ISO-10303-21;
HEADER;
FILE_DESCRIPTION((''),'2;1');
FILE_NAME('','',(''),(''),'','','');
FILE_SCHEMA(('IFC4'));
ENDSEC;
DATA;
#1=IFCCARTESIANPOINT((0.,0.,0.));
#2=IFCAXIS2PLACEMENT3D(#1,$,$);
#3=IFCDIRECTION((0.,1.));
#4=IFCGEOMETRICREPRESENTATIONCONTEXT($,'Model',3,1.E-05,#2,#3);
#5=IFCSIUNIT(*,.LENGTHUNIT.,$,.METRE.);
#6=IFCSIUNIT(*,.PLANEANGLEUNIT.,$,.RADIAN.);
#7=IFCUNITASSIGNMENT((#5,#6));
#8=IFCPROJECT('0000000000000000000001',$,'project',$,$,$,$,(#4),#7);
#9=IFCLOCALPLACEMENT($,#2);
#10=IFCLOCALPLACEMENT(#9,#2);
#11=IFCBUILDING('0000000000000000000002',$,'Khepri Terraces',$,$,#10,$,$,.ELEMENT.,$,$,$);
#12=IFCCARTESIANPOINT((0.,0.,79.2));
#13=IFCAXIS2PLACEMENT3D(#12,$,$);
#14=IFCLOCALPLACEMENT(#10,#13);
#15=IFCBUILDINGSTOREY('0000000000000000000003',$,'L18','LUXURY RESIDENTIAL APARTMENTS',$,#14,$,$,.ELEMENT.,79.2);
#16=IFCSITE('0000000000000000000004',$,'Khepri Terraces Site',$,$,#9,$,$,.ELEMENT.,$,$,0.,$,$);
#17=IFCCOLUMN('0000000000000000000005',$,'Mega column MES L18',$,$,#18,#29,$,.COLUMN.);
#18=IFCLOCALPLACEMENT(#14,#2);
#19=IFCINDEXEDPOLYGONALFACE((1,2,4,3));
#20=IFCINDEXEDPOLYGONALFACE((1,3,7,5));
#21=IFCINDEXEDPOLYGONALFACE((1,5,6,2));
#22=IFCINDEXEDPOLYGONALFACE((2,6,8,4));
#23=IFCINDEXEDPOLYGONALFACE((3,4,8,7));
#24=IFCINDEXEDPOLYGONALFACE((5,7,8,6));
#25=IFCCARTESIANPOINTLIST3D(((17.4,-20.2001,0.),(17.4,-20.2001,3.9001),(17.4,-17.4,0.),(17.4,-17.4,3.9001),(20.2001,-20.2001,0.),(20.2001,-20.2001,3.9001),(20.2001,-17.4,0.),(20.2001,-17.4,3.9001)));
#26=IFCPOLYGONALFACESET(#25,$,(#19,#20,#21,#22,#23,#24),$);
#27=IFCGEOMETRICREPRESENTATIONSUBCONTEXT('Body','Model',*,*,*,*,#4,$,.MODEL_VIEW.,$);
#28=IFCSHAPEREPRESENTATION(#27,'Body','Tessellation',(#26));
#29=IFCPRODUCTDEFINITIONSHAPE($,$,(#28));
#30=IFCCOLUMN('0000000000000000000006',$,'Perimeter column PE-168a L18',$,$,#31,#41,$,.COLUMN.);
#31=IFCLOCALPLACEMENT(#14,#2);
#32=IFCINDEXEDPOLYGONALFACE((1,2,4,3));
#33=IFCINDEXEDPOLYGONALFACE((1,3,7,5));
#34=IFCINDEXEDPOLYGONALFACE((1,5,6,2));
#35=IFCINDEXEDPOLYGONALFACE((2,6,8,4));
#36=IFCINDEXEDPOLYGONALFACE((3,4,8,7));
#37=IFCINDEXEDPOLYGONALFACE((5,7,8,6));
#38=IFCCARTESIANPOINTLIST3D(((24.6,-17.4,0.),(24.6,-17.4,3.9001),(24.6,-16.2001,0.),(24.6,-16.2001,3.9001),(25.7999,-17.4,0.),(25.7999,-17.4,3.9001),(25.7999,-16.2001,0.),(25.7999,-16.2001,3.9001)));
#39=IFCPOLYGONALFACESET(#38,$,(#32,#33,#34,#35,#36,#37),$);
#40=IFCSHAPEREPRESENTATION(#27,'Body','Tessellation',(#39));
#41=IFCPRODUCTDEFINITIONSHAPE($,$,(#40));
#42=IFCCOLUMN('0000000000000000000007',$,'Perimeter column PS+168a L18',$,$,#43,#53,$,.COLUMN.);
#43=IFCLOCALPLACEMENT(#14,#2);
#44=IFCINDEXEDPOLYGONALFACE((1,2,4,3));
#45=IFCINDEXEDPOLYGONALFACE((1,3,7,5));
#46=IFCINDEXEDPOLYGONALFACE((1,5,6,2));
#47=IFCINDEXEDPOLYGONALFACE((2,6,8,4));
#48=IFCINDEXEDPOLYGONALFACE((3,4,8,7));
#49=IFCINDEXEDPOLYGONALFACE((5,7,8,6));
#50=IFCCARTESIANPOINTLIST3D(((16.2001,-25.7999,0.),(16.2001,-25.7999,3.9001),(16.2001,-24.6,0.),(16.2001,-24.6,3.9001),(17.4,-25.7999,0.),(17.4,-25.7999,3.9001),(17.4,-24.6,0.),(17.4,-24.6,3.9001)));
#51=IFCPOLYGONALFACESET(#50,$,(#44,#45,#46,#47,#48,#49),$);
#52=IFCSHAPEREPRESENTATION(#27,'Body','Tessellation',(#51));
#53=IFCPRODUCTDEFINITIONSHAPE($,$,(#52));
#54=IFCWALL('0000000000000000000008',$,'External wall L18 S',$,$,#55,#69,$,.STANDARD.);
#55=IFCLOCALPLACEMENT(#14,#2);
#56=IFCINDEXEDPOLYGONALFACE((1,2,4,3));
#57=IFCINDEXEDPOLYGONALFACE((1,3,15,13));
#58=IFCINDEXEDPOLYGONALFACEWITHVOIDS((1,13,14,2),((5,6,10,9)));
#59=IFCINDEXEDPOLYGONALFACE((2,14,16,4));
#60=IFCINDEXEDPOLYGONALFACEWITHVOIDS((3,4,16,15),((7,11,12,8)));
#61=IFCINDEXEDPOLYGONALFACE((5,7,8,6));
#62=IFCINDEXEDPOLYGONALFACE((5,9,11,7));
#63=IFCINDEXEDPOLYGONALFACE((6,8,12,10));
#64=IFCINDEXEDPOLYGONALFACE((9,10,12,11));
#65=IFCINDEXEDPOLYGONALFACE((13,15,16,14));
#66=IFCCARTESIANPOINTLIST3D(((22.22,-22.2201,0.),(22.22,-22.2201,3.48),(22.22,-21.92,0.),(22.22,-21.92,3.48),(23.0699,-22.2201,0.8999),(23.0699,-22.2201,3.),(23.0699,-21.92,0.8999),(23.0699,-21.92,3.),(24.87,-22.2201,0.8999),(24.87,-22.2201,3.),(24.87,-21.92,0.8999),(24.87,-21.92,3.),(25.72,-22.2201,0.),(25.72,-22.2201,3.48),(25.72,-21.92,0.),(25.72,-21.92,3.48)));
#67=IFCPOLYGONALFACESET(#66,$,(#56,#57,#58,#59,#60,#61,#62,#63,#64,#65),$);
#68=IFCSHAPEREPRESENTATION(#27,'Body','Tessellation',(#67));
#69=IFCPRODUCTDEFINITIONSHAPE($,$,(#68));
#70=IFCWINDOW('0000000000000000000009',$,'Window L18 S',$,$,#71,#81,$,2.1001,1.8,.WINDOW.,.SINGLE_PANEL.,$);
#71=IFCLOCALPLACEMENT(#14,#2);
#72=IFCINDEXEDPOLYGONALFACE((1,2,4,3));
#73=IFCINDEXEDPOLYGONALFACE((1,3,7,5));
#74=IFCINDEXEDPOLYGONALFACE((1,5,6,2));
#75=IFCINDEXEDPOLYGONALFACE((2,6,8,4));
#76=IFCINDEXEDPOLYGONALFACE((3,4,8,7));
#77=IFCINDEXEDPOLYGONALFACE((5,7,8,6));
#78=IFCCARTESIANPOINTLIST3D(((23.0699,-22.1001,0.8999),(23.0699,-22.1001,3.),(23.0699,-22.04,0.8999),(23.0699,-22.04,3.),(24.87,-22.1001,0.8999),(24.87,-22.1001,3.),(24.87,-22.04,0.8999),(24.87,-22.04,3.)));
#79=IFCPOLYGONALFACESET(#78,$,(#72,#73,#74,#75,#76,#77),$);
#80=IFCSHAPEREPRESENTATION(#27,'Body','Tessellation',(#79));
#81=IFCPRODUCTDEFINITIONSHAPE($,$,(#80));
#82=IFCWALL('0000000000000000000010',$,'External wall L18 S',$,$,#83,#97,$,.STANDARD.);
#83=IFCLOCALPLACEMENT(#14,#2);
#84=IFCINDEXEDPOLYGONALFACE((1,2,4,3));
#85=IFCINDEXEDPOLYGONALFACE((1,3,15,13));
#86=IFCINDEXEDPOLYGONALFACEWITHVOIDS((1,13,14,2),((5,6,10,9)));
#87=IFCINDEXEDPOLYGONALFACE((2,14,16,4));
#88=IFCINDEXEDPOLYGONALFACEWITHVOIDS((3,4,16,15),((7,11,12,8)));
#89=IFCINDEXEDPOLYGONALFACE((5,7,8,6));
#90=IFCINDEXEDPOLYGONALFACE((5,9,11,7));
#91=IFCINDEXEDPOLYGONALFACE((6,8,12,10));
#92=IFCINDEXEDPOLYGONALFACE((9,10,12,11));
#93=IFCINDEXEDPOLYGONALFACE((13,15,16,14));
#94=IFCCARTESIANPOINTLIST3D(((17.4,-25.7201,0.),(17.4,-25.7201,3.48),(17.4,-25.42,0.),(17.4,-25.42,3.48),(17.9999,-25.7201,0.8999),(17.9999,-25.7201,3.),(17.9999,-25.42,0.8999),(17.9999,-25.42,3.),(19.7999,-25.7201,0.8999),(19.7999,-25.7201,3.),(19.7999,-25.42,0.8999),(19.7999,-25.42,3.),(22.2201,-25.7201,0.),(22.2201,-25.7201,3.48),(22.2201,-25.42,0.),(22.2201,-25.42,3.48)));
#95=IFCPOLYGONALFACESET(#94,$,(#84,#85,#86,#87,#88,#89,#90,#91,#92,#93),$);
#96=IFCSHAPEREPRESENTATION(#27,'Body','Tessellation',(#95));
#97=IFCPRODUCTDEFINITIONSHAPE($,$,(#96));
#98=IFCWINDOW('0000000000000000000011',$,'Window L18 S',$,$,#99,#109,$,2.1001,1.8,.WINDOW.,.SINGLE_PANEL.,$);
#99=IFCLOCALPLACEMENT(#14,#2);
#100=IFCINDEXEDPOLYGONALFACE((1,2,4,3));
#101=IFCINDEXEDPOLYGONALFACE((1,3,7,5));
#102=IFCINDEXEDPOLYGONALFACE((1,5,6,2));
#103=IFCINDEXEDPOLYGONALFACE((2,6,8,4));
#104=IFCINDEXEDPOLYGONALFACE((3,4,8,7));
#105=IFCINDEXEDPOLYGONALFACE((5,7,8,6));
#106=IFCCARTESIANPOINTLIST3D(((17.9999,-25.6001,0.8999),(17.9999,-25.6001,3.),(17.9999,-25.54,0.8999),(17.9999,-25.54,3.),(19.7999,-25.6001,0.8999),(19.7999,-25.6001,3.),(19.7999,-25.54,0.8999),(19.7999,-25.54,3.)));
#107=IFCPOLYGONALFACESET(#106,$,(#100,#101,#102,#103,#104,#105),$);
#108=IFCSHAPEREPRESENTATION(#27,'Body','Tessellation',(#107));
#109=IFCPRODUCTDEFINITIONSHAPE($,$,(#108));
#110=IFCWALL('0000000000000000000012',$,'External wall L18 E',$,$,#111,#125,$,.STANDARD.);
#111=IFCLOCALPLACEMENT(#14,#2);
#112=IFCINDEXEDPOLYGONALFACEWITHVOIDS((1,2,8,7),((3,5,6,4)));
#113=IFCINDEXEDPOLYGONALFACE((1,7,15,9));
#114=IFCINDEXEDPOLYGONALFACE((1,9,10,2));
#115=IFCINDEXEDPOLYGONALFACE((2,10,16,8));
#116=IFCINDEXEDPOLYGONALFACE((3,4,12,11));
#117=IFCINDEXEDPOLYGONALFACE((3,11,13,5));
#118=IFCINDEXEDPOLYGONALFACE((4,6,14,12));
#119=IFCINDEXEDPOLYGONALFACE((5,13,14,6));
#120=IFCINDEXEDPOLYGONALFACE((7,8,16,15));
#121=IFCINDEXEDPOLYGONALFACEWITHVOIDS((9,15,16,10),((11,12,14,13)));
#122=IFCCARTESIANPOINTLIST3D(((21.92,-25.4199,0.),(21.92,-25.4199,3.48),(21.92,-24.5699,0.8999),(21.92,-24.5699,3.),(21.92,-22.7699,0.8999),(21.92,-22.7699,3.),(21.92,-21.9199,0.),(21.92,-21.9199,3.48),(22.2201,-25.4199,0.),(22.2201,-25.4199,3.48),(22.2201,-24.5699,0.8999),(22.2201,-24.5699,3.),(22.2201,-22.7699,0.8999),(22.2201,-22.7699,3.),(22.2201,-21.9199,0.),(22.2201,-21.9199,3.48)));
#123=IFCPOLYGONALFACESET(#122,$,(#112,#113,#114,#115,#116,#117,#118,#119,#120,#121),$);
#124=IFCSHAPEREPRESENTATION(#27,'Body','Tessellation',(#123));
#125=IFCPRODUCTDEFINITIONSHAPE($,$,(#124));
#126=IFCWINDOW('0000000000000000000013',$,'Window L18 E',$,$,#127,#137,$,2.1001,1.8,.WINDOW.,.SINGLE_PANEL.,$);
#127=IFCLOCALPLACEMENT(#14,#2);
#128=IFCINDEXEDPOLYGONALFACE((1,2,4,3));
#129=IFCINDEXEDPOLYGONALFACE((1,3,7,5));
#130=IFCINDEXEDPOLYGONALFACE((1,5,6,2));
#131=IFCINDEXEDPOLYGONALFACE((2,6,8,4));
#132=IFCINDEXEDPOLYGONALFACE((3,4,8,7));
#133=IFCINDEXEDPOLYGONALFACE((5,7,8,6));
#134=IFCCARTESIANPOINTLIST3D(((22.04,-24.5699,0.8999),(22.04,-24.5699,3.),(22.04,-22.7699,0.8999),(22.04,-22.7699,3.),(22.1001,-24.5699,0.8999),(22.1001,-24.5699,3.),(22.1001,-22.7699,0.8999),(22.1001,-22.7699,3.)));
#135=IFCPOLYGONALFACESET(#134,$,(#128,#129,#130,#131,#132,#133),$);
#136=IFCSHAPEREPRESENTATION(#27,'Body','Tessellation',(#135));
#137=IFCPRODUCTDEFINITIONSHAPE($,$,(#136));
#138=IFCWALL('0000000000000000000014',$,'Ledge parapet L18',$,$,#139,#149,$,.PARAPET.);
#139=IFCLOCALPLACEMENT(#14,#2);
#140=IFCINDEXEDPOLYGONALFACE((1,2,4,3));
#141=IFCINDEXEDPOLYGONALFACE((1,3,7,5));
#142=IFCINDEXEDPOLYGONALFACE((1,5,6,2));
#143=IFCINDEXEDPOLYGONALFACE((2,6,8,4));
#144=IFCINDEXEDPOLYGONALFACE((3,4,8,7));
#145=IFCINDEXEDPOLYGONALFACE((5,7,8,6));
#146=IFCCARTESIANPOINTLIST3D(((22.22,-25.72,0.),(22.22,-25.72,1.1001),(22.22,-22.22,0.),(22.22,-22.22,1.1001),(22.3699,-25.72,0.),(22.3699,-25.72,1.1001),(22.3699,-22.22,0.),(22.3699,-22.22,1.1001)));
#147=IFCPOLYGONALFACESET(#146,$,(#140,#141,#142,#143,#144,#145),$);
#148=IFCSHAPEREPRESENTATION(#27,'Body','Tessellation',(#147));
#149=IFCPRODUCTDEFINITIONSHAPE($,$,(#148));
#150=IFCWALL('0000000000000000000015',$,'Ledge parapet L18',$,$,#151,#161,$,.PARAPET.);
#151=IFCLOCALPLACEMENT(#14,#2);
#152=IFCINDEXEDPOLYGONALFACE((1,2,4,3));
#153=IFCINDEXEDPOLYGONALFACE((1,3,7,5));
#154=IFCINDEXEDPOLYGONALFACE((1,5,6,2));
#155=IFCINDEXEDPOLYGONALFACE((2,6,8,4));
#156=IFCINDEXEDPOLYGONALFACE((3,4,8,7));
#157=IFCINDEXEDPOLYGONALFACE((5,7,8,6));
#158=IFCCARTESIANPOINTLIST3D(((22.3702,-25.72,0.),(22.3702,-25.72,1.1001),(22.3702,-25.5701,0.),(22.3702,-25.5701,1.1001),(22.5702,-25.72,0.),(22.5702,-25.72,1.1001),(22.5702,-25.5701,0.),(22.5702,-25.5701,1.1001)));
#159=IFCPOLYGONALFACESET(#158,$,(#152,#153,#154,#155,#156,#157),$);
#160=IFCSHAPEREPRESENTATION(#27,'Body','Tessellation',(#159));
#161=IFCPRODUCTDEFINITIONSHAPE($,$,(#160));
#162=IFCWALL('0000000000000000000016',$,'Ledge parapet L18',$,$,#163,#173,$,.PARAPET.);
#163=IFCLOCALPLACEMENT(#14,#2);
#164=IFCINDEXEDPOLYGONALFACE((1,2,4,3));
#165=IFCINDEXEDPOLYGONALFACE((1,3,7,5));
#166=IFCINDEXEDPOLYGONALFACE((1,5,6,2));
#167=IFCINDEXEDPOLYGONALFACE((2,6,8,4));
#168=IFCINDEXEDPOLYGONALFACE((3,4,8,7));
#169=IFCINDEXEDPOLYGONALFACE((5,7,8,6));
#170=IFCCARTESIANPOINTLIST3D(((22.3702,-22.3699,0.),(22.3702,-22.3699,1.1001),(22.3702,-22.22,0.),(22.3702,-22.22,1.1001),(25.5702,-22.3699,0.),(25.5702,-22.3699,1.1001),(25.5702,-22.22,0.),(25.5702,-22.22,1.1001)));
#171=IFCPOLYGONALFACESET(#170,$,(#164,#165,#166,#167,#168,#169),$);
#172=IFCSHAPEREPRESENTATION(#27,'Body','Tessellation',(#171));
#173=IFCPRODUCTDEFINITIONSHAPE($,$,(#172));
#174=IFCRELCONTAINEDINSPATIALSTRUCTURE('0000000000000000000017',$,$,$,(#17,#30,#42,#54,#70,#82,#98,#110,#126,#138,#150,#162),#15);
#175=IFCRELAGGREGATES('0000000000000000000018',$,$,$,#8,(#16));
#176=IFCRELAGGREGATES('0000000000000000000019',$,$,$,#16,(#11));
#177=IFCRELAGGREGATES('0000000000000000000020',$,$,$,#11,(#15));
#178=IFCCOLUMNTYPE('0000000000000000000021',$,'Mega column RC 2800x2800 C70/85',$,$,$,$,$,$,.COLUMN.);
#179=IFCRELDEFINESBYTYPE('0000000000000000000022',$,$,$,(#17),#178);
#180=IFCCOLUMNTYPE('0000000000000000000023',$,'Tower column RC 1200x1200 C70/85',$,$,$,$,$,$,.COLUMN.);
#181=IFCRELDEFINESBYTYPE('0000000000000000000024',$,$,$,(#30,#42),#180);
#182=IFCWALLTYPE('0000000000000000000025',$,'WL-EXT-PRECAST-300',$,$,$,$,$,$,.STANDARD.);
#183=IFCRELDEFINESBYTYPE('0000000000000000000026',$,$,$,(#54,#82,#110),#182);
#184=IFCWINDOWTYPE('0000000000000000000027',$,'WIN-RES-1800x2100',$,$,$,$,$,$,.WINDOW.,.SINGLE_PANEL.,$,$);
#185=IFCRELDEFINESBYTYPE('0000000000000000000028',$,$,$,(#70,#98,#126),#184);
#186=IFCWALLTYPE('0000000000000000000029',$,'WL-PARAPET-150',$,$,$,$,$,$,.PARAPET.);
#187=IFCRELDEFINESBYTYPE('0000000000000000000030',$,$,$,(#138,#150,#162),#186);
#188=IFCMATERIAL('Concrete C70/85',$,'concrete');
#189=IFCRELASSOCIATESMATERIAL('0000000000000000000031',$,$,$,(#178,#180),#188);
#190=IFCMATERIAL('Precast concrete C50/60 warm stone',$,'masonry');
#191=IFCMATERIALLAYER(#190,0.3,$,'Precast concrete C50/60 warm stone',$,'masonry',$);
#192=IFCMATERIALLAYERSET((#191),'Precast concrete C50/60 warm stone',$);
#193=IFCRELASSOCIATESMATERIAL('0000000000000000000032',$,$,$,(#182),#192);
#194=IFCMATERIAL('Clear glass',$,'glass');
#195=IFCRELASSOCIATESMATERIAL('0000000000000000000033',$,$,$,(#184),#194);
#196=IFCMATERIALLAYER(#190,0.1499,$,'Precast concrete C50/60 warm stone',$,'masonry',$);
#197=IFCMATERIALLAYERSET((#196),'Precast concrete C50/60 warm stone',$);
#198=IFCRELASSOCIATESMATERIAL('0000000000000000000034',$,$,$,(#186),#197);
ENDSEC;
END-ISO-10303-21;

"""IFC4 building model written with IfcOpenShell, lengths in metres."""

from ifc_helpers import new_model, si_unit, direction, frame, frame_2d, origin, origin_2d, place, context, subcontext, project, spatial, rectangle, extrude, material, layer, layer_set, material_profile, profile_set, type_object, element, fill, save


model = new_model("IFC4")

# Units and contexts
model_context = context("Model", 3, precision=1e-05, world=origin(), true_north=direction((0.0, 1.0)))
body_context = subcontext(model_context, "Body", "Model", "MODEL_VIEW")
ifc_project = project(units=[si_unit("LENGTHUNIT", "METRE"), si_unit("PLANEANGLEUNIT", "RADIAN")], contexts=[model_context])

# Site, building, storey
site_placement = place(None, origin())
site = spatial("IfcSite", under=ifc_project, at=site_placement, Name="Khepri Terraces Site", CompositionType="ELEMENT", RefElevation=0.0)
building_placement = place(site_placement, origin())
building = spatial("IfcBuilding", under=site, at=building_placement, Name="Khepri Terraces", CompositionType="ELEMENT")
storey_placement = place(building_placement, frame((0.0, 0.0, 79.2)))
storey = spatial("IfcBuildingStorey", under=building, at=storey_placement, Name="L18", Description="LUXURY RESIDENTIAL APARTMENTS", CompositionType="ELEMENT", Elevation=79.2)

# Columns
ifc_material_1 = material(Name="Concrete C70/85", Category="concrete")
ifc_material_profile_1 = material_profile(ifc_material_1, rectangle(XDim=2.8, YDim=2.8, at=origin_2d()), Name="Concrete C70/85", Category="concrete")
ifc_profile_set_1 = profile_set([ifc_material_profile_1], Name="Concrete C70/85")
column_type_1 = type_object("IfcColumnType", Name="Mega column RC 2800x2800 C70/85", PredefinedType="COLUMN", material=ifc_profile_set_1)
column_placement = place(storey_placement, frame((18.8, -18.8, 0.0), z_axis=(0.0, 0.0, 1.0), x_axis=(1.0, 0.0, 0.0)))
element("IfcColumn", 1, at=column_placement, inside=storey, type_object=column_type_1, Name="Mega column MES L18", PredefinedType="COLUMN", context=body_context, shape_type="SweptSolid", body=[
    extrude(rectangle(XDim=2.8, YDim=2.8, at=origin_2d()), origin(), (0.0, 0.0, 1.0), 3.9001),
])
ifc_material_profile_2 = material_profile(ifc_material_1, rectangle(XDim=1.2, YDim=1.2, at=origin_2d()), Name="Concrete C70/85", Category="concrete")
ifc_profile_set_2 = profile_set([ifc_material_profile_2], Name="Concrete C70/85")
column_type_2 = type_object("IfcColumnType", Name="Tower column RC 1200x1200 C70/85", PredefinedType="COLUMN", material=ifc_profile_set_2)
for number, where, z_axis, x_axis, name in (
    (2, (25.2, -16.8, 0.0), (0.0, 0.0, 1.0), (1.0, 0.0, 0.0), "Perimeter column PE-168a L18"),
    (3, (16.8, -25.2, 0.0), (0.0, 0.0, 1.0), (1.0, 0.0, 0.0), "Perimeter column PS+168a L18"),
):
    element("IfcColumn", number, at=place(storey_placement, frame(where, z_axis=z_axis, x_axis=x_axis)), inside=storey, type_object=column_type_2, Name=name, PredefinedType="COLUMN", context=body_context, shape_type="SweptSolid", body=[
        extrude(rectangle(XDim=1.2, YDim=1.2, at=origin_2d()), origin(), (0.0, 0.0, 1.0), 3.9001),
    ])

# Wall, opening, window
ifc_material_2 = material(Name="Precast concrete C50/60 warm stone", Category="masonry")
ifc_layer_1 = layer(ifc_material_2, 0.3, Name="Precast concrete C50/60 warm stone", Category="masonry")
ifc_layer_set_1 = layer_set([ifc_layer_1], Name="Precast concrete C50/60 warm stone")
wall_type_1 = type_object("IfcWallType", Name="WL-EXT-PRECAST-300", PredefinedType="STANDARD", material=ifc_layer_set_1)
wall_1_placement = place(storey_placement, frame((22.22, -22.0701, 0.0), z_axis=(0.0, 0.0, 1.0), x_axis=(1.0, 0.0, 0.0)))
wall_1 = element("IfcWall", 4, at=wall_1_placement, inside=storey, type_object=wall_type_1, Name="External wall L18 S", PredefinedType="STANDARD", context=body_context, shape_type="SweptSolid", body=[
    extrude(rectangle(XDim=3.5, YDim=0.3, at=frame_2d((1.75, 0.0))), origin(), (0.0, 0.0, 1.0), 3.48),
])
opening_1_placement = place(wall_1_placement, frame((0.8501, 0.0, 0.8999)))
opening_1 = element("IfcOpeningElement", 5, at=opening_1_placement, cuts=wall_1, PredefinedType="OPENING", context=body_context, shape_type="SweptSolid", body=[
    extrude(rectangle(XDim=1.8, YDim=2.1001, at=frame_2d((0.8999, 1.05))), frame((0.0, 0.1602, 0.0), z_axis=(0.0, -1.0, 0.0), x_axis=(1.0, 0.0, 0.0)), (0.0, 0.0, 1.0), 0.3201),
])
ifc_material_3 = material(Name="Clear glass", Category="glass")
window_type = type_object("IfcWindowType", Name="WIN-RES-1800x2100", PartitioningType="SINGLE_PANEL", PredefinedType="WINDOW", material=ifc_material_3)
window_1_placement = place(opening_1_placement, origin())
window_1 = element("IfcWindow", 6, at=window_1_placement, inside=storey, type_object=window_type, Name="Window L18 S", OverallHeight=2.1001, OverallWidth=1.8, PartitioningType="SINGLE_PANEL", PredefinedType="WINDOW", context=body_context, shape_type="SweptSolid", body=[
    extrude(rectangle(XDim=1.8, YDim=2.1001, at=frame_2d((0.8999, 1.05))), frame((0.0, 0.03, 0.0), z_axis=(0.0, -1.0, 0.0), x_axis=(1.0, 0.0, 0.0)), (0.0, 0.0, 1.0), 0.0601),
])
fill(opening_1, window_1)

# Walls, openings, windows
wall_2_placement = place(storey_placement, frame((17.3999, -25.5701, 0.0), z_axis=(0.0, 0.0, 1.0), x_axis=(1.0, 0.0, 0.0)))
wall_2 = element("IfcWall", 7, at=wall_2_placement, inside=storey, type_object=wall_type_1, Name="External wall L18 S", PredefinedType="STANDARD", context=body_context, shape_type="SweptSolid", body=[
    extrude(rectangle(XDim=4.8201, YDim=0.3, at=frame_2d((2.4102, 0.0))), origin(), (0.0, 0.0, 1.0), 3.48),
])
opening_2_placement = place(wall_2_placement, frame((0.6001, 0.0, 0.8999)))
opening_2 = element("IfcOpeningElement", 8, at=opening_2_placement, cuts=wall_2, PredefinedType="OPENING", context=body_context, shape_type="SweptSolid", body=[
    extrude(rectangle(XDim=1.8, YDim=2.1001, at=frame_2d((0.8999, 1.05))), frame((0.0, 0.1602, 0.0), z_axis=(0.0, -1.0, 0.0), x_axis=(1.0, 0.0, 0.0)), (0.0, 0.0, 1.0), 0.3201),
])
window_2_placement = place(opening_2_placement, origin())
window_2 = element("IfcWindow", 9, at=window_2_placement, inside=storey, type_object=window_type, Name="Window L18 S", OverallHeight=2.1001, OverallWidth=1.8, PartitioningType="SINGLE_PANEL", PredefinedType="WINDOW", context=body_context, shape_type="SweptSolid", body=[
    extrude(rectangle(XDim=1.8, YDim=2.1001, at=frame_2d((0.8999, 1.05))), frame((0.0, 0.03, 0.0), z_axis=(0.0, -1.0, 0.0), x_axis=(1.0, 0.0, 0.0)), (0.0, 0.0, 1.0), 0.0601),
])
fill(opening_2, window_2)
wall_3_placement = place(storey_placement, frame((22.0701, -25.4199, 0.0), z_axis=(0.0, 0.0, 1.0), x_axis=(0.0, 1.0, 0.0)))
wall_3 = element("IfcWall", 10, at=wall_3_placement, inside=storey, type_object=wall_type_1, Name="External wall L18 E", PredefinedType="STANDARD", context=body_context, shape_type="SweptSolid", body=[
    extrude(rectangle(XDim=3.5, YDim=0.3, at=frame_2d((1.75, 0.0))), origin(), (0.0, 0.0, 1.0), 3.48),
])
opening_3_placement = place(wall_3_placement, frame((0.8501, 0.0, 0.8999)))
opening_3 = element("IfcOpeningElement", 11, at=opening_3_placement, cuts=wall_3, PredefinedType="OPENING", context=body_context, shape_type="SweptSolid", body=[
    extrude(rectangle(XDim=1.8, YDim=2.1001, at=frame_2d((0.8999, 1.05))), frame((0.0, 0.1602, 0.0), z_axis=(0.0, -1.0, 0.0), x_axis=(1.0, 0.0, 0.0)), (0.0, 0.0, 1.0), 0.3201),
])
window_3_placement = place(opening_3_placement, origin())
window_3 = element("IfcWindow", 12, at=window_3_placement, inside=storey, type_object=window_type, Name="Window L18 E", OverallHeight=2.1001, OverallWidth=1.8, PartitioningType="SINGLE_PANEL", PredefinedType="WINDOW", context=body_context, shape_type="SweptSolid", body=[
    extrude(rectangle(XDim=1.8, YDim=2.1001, at=frame_2d((0.8999, 1.05))), frame((0.0, 0.03, 0.0), z_axis=(0.0, -1.0, 0.0), x_axis=(1.0, 0.0, 0.0)), (0.0, 0.0, 1.0), 0.0601),
])
fill(opening_3, window_3)

# Walls
ifc_layer_2 = layer(ifc_material_2, 0.1499, Name="Precast concrete C50/60 warm stone", Category="masonry")
ifc_layer_set_2 = layer_set([ifc_layer_2], Name="Precast concrete C50/60 warm stone")
wall_type_2 = type_object("IfcWallType", Name="WL-PARAPET-150", PredefinedType="PARAPET", material=ifc_layer_set_2)
wall_4_placement = place(storey_placement, frame((22.2949, -25.72, 0.0), z_axis=(0.0, 0.0, 1.0), x_axis=(0.0, 1.0, 0.0)))
element("IfcWall", 13, at=wall_4_placement, inside=storey, type_object=wall_type_2, Name="Ledge parapet L18", PredefinedType="PARAPET", context=body_context, shape_type="SweptSolid", body=[
    extrude(rectangle(XDim=3.5, YDim=0.1499, at=frame_2d((1.75, 0.0))), origin(), (0.0, 0.0, 1.0), 1.1001),
])
wall_5_placement = place(storey_placement, frame((22.3701, -25.645, 0.0), z_axis=(0.0, 0.0, 1.0), x_axis=(1.0, 0.0, 0.0)))
element("IfcWall", 14, at=wall_5_placement, inside=storey, type_object=wall_type_2, Name="Ledge parapet L18", PredefinedType="PARAPET", context=body_context, shape_type="SweptSolid", body=[
    extrude(rectangle(XDim=0.2, YDim=0.1499, at=frame_2d((0.1001, 0.0))), origin(), (0.0, 0.0, 1.0), 1.1001),
])
wall_6_placement = place(storey_placement, frame((22.3701, -22.2949, 0.0), z_axis=(0.0, 0.0, 1.0), x_axis=(1.0, 0.0, 0.0)))
element("IfcWall", 15, at=wall_6_placement, inside=storey, type_object=wall_type_2, Name="Ledge parapet L18", PredefinedType="PARAPET", context=body_context, shape_type="SweptSolid", body=[
    extrude(rectangle(XDim=3.2, YDim=0.1499, at=frame_2d((1.6001, 0.0))), origin(), (0.0, 0.0, 1.0), 1.1001),
])

save(model, "model.ifc")
